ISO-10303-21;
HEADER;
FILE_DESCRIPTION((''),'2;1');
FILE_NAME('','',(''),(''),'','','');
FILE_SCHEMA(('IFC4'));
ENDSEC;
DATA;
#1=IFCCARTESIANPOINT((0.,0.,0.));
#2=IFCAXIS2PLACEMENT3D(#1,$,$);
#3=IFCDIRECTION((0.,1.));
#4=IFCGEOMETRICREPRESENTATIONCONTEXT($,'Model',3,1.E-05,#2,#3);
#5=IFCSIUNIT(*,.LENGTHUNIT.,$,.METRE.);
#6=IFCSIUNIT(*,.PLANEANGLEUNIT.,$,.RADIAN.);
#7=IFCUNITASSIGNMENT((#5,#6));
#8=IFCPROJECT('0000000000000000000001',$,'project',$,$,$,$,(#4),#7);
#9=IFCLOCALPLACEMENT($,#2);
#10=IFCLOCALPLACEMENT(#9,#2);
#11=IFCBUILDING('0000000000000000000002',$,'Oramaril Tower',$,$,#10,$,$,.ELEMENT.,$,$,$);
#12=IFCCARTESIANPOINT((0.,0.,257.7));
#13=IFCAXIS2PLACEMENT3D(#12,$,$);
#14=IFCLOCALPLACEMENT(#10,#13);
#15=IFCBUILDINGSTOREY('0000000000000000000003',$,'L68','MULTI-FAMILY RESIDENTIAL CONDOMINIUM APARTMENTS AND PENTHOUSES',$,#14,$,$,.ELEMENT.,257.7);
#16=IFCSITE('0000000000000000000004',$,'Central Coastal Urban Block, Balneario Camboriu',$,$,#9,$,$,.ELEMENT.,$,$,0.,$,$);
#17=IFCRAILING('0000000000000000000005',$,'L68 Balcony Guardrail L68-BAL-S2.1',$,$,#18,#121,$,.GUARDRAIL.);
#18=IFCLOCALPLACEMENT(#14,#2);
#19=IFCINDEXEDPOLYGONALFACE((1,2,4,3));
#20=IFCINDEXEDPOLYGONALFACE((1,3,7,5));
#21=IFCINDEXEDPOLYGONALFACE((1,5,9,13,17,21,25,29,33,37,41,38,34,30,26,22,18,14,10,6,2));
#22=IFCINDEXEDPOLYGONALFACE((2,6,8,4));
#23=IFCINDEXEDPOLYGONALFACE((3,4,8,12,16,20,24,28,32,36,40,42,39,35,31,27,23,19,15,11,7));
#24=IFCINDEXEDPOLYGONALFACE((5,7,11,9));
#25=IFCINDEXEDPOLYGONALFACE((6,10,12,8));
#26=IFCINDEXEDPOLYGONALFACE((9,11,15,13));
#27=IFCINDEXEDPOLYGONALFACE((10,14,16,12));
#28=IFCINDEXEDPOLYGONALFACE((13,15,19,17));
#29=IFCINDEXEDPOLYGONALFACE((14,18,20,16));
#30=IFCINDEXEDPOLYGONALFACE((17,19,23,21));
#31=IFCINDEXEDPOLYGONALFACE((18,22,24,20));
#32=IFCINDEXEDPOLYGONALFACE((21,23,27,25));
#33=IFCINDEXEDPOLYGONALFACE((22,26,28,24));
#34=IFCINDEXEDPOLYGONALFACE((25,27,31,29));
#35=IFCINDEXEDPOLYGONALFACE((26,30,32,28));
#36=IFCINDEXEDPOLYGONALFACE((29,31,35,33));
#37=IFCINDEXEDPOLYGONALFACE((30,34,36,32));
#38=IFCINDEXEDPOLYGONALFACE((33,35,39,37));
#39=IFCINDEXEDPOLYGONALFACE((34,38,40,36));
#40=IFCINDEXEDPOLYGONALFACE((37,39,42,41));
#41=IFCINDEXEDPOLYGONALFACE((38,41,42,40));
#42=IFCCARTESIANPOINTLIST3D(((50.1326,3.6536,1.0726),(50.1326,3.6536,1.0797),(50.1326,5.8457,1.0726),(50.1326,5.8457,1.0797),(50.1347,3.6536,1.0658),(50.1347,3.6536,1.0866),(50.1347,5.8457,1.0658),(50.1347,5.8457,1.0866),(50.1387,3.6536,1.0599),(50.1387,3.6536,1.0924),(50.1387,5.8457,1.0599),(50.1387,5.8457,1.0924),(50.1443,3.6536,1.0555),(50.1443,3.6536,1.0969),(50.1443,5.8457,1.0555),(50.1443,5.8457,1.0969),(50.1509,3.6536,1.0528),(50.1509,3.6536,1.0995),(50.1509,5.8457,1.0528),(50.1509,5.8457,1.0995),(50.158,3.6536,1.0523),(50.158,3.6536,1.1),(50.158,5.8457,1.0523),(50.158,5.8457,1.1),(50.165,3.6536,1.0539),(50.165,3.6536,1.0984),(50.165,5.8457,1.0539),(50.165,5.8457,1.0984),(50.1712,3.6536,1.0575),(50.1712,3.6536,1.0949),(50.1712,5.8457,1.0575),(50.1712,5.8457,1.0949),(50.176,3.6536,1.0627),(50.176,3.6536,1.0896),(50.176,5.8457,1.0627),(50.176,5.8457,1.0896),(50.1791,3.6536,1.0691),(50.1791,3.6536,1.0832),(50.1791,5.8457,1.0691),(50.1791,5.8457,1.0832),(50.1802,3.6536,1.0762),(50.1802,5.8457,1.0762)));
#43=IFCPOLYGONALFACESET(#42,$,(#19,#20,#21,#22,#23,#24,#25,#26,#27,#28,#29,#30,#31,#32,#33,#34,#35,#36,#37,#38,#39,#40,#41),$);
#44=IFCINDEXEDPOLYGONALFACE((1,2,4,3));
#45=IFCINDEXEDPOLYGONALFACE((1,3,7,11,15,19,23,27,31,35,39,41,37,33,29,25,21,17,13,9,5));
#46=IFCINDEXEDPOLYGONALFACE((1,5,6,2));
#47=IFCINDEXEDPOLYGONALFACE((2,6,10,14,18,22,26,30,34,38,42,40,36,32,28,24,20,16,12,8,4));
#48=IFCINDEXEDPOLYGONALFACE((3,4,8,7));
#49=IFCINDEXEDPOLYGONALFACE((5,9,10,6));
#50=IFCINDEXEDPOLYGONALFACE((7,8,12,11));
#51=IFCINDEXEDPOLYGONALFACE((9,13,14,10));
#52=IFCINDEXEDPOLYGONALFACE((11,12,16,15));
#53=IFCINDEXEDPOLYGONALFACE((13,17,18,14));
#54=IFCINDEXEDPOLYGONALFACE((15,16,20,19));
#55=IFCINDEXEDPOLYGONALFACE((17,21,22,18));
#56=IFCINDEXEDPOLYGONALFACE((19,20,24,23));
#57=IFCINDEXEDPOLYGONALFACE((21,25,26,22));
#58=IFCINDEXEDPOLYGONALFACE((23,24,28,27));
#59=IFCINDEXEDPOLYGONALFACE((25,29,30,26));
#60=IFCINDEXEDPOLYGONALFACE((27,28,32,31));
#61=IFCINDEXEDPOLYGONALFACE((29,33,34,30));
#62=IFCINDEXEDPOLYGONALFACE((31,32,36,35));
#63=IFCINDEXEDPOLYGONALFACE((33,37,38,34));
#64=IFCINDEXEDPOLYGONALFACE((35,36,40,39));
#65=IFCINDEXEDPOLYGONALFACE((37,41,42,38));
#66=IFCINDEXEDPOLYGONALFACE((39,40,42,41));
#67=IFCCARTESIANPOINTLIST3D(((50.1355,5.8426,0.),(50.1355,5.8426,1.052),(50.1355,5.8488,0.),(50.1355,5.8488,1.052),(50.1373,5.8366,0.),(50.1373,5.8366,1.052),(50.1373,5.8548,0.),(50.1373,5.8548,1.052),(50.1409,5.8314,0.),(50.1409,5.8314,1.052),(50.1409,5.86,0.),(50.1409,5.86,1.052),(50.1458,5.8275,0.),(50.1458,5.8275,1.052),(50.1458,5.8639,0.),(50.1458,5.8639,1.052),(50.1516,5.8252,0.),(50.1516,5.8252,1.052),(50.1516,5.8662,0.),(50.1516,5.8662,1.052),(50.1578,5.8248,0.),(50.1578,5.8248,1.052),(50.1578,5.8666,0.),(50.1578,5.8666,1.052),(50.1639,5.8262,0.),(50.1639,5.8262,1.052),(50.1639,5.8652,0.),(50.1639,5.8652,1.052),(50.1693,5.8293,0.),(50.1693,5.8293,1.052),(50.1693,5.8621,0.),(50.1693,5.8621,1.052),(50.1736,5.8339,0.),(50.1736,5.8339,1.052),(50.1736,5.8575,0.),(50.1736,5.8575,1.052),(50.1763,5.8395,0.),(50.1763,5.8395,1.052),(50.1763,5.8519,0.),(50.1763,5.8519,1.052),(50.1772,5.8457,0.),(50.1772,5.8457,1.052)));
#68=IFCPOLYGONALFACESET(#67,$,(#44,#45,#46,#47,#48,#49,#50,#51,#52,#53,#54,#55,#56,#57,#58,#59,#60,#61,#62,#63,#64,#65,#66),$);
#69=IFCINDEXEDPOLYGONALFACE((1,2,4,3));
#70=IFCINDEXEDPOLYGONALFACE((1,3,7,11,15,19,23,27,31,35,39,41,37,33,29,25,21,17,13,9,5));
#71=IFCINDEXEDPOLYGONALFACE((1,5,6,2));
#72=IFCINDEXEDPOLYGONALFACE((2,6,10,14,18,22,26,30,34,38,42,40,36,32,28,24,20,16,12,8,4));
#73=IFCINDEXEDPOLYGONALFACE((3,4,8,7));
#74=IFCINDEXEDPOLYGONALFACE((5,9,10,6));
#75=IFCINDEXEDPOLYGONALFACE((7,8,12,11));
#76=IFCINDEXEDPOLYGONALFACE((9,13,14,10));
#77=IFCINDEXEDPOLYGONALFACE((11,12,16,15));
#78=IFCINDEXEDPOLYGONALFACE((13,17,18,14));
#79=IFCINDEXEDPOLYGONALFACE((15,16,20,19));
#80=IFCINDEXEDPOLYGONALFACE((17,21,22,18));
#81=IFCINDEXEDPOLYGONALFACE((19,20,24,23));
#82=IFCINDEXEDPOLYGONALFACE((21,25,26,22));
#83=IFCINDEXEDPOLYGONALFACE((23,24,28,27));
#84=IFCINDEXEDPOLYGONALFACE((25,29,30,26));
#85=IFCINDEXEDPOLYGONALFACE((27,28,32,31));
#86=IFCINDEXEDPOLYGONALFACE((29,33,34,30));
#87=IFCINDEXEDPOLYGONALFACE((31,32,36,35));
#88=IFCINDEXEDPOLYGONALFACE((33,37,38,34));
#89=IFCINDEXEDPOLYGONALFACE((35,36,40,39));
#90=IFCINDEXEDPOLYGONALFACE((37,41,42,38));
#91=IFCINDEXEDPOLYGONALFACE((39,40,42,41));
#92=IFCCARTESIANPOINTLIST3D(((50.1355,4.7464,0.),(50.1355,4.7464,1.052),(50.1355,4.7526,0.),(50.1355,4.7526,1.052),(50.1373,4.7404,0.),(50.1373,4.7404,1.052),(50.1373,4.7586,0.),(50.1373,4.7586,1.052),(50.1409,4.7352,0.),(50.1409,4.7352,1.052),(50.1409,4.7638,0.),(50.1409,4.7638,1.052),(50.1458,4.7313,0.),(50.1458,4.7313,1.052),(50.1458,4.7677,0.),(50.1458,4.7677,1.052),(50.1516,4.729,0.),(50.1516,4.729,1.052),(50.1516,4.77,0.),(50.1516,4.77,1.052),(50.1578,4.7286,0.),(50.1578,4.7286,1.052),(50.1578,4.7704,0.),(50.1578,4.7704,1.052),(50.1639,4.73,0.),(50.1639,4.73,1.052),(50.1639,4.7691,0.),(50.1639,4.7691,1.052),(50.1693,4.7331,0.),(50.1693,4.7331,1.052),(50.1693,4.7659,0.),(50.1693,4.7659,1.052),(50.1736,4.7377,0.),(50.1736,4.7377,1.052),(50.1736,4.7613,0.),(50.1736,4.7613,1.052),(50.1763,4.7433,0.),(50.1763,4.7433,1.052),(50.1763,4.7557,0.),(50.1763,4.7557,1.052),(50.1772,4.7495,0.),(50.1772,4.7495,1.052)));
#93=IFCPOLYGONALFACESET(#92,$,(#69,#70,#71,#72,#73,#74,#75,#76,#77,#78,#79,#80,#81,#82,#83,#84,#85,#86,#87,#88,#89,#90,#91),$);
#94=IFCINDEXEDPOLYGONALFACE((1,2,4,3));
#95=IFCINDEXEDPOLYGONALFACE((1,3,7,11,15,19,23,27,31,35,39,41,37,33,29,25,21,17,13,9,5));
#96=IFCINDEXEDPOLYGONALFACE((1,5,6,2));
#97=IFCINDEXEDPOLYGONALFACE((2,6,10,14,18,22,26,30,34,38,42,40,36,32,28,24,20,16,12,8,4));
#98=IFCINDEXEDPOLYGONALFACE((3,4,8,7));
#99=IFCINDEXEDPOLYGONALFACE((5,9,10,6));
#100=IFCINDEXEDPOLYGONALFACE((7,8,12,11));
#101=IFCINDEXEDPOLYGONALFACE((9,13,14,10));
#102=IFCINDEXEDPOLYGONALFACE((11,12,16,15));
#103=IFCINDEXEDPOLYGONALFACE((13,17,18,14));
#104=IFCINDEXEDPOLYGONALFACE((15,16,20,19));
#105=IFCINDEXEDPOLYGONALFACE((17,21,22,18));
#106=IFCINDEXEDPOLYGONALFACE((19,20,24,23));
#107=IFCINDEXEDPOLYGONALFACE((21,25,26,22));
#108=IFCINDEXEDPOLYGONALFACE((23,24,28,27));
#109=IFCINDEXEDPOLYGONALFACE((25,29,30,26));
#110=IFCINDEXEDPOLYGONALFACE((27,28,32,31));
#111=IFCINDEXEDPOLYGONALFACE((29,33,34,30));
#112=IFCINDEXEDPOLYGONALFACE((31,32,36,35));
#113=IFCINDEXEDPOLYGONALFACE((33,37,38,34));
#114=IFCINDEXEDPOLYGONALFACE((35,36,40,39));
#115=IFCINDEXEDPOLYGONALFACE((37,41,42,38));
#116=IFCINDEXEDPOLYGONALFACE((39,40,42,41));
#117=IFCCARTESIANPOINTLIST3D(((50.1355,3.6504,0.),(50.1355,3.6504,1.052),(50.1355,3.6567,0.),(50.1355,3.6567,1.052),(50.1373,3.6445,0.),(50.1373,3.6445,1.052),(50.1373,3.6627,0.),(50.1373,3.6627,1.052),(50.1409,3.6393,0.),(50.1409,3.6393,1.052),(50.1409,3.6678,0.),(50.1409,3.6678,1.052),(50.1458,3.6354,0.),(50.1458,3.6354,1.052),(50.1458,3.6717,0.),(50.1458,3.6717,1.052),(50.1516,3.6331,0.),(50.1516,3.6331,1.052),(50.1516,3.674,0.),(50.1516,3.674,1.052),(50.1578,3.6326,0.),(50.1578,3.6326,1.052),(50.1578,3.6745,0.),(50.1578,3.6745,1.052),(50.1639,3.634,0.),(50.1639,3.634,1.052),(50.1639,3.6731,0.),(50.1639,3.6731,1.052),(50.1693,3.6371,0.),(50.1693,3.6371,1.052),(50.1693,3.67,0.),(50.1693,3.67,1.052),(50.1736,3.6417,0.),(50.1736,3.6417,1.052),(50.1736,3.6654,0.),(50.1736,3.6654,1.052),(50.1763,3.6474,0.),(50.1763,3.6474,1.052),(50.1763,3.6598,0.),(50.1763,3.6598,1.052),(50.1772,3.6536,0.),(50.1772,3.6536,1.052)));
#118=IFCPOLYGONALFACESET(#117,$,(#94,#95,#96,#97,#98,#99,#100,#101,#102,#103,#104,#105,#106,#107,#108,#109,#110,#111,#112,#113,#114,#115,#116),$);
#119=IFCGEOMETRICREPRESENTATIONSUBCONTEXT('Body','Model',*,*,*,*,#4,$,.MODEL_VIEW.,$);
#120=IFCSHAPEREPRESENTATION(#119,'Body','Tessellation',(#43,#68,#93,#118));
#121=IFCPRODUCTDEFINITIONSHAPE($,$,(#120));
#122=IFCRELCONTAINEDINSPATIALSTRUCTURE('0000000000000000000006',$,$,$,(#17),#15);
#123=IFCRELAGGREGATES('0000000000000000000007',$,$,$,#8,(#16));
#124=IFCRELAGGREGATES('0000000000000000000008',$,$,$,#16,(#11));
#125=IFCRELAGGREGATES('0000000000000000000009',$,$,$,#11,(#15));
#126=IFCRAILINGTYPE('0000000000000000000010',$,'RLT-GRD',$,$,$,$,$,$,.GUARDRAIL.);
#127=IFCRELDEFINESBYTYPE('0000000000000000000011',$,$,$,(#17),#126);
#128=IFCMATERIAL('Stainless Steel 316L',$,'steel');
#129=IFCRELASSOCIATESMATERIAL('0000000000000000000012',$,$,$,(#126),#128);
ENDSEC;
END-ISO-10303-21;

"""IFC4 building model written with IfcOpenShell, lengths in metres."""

from ifc_helpers import new_model, si_unit, direction, frame, origin, origin_2d, place, context, subcontext, project, spatial, circle, extrude, material, type_object, element, save


model = new_model("IFC4")

# Units and contexts
model_context = context("Model", 3, precision=1e-05, world=origin(), true_north=direction((0.0, 1.0)))
body_context = subcontext(model_context, "Body", "Model", "MODEL_VIEW")
ifc_project = project(units=[si_unit("LENGTHUNIT", "METRE"), si_unit("PLANEANGLEUNIT", "RADIAN")], contexts=[model_context])

# Site, building, storey
site_placement = place(None, origin())
site = spatial("IfcSite", under=ifc_project, at=site_placement, Name="Central Coastal Urban Block, Balneario Camboriu", CompositionType="ELEMENT", RefElevation=0.0)
building_placement = place(site_placement, origin())
building = spatial("IfcBuilding", under=site, at=building_placement, Name="Oramaril Tower", CompositionType="ELEMENT")
storey_placement = place(building_placement, frame((0.0, 0.0, 257.7)))
storey = spatial("IfcBuildingStorey", under=building, at=storey_placement, Name="L68", Description="MULTI-FAMILY RESIDENTIAL CONDOMINIUM APARTMENTS AND PENTHOUSES", CompositionType="ELEMENT", Elevation=257.7)

# Railing
ifc_material_1 = material(Name="Stainless Steel 316L", Category="steel")
railing_type = type_object("IfcRailingType", Name="RLT-GRD", PredefinedType="GUARDRAIL", material=ifc_material_1)
railing_1_placement = place(storey_placement, frame((50.1562, 5.8457, 0.0)))
element("IfcRailing", 1, at=railing_1_placement, inside=storey, type_object=railing_type, Name="L68 Balcony Guardrail L68-BAL-S2.1", PredefinedType="GUARDRAIL", context=body_context, shape_type="SweptSolid", body=[
    extrude(circle(Radius=0.0239, at=origin_2d()), frame((0.0, 0.0, 1.0762), z_axis=(0.0, -1.0, 0.0), x_axis=(1.0, 0.0, 0.0)), (0.0, 0.0, 1.0), 2.1921),
    extrude(circle(Radius=0.021, at=origin_2d()), origin(), (0.0, 0.0, 1.0), 1.052),
    extrude(circle(Radius=0.021, at=origin_2d()), frame((0.0, -1.0962, 0.0)), (0.0, 0.0, 1.0), 1.052),
    extrude(circle(Radius=0.021, at=origin_2d()), frame((0.0, -2.1921, 0.0)), (0.0, 0.0, 1.0), 1.052),
])

save(model, "model.ifc")
